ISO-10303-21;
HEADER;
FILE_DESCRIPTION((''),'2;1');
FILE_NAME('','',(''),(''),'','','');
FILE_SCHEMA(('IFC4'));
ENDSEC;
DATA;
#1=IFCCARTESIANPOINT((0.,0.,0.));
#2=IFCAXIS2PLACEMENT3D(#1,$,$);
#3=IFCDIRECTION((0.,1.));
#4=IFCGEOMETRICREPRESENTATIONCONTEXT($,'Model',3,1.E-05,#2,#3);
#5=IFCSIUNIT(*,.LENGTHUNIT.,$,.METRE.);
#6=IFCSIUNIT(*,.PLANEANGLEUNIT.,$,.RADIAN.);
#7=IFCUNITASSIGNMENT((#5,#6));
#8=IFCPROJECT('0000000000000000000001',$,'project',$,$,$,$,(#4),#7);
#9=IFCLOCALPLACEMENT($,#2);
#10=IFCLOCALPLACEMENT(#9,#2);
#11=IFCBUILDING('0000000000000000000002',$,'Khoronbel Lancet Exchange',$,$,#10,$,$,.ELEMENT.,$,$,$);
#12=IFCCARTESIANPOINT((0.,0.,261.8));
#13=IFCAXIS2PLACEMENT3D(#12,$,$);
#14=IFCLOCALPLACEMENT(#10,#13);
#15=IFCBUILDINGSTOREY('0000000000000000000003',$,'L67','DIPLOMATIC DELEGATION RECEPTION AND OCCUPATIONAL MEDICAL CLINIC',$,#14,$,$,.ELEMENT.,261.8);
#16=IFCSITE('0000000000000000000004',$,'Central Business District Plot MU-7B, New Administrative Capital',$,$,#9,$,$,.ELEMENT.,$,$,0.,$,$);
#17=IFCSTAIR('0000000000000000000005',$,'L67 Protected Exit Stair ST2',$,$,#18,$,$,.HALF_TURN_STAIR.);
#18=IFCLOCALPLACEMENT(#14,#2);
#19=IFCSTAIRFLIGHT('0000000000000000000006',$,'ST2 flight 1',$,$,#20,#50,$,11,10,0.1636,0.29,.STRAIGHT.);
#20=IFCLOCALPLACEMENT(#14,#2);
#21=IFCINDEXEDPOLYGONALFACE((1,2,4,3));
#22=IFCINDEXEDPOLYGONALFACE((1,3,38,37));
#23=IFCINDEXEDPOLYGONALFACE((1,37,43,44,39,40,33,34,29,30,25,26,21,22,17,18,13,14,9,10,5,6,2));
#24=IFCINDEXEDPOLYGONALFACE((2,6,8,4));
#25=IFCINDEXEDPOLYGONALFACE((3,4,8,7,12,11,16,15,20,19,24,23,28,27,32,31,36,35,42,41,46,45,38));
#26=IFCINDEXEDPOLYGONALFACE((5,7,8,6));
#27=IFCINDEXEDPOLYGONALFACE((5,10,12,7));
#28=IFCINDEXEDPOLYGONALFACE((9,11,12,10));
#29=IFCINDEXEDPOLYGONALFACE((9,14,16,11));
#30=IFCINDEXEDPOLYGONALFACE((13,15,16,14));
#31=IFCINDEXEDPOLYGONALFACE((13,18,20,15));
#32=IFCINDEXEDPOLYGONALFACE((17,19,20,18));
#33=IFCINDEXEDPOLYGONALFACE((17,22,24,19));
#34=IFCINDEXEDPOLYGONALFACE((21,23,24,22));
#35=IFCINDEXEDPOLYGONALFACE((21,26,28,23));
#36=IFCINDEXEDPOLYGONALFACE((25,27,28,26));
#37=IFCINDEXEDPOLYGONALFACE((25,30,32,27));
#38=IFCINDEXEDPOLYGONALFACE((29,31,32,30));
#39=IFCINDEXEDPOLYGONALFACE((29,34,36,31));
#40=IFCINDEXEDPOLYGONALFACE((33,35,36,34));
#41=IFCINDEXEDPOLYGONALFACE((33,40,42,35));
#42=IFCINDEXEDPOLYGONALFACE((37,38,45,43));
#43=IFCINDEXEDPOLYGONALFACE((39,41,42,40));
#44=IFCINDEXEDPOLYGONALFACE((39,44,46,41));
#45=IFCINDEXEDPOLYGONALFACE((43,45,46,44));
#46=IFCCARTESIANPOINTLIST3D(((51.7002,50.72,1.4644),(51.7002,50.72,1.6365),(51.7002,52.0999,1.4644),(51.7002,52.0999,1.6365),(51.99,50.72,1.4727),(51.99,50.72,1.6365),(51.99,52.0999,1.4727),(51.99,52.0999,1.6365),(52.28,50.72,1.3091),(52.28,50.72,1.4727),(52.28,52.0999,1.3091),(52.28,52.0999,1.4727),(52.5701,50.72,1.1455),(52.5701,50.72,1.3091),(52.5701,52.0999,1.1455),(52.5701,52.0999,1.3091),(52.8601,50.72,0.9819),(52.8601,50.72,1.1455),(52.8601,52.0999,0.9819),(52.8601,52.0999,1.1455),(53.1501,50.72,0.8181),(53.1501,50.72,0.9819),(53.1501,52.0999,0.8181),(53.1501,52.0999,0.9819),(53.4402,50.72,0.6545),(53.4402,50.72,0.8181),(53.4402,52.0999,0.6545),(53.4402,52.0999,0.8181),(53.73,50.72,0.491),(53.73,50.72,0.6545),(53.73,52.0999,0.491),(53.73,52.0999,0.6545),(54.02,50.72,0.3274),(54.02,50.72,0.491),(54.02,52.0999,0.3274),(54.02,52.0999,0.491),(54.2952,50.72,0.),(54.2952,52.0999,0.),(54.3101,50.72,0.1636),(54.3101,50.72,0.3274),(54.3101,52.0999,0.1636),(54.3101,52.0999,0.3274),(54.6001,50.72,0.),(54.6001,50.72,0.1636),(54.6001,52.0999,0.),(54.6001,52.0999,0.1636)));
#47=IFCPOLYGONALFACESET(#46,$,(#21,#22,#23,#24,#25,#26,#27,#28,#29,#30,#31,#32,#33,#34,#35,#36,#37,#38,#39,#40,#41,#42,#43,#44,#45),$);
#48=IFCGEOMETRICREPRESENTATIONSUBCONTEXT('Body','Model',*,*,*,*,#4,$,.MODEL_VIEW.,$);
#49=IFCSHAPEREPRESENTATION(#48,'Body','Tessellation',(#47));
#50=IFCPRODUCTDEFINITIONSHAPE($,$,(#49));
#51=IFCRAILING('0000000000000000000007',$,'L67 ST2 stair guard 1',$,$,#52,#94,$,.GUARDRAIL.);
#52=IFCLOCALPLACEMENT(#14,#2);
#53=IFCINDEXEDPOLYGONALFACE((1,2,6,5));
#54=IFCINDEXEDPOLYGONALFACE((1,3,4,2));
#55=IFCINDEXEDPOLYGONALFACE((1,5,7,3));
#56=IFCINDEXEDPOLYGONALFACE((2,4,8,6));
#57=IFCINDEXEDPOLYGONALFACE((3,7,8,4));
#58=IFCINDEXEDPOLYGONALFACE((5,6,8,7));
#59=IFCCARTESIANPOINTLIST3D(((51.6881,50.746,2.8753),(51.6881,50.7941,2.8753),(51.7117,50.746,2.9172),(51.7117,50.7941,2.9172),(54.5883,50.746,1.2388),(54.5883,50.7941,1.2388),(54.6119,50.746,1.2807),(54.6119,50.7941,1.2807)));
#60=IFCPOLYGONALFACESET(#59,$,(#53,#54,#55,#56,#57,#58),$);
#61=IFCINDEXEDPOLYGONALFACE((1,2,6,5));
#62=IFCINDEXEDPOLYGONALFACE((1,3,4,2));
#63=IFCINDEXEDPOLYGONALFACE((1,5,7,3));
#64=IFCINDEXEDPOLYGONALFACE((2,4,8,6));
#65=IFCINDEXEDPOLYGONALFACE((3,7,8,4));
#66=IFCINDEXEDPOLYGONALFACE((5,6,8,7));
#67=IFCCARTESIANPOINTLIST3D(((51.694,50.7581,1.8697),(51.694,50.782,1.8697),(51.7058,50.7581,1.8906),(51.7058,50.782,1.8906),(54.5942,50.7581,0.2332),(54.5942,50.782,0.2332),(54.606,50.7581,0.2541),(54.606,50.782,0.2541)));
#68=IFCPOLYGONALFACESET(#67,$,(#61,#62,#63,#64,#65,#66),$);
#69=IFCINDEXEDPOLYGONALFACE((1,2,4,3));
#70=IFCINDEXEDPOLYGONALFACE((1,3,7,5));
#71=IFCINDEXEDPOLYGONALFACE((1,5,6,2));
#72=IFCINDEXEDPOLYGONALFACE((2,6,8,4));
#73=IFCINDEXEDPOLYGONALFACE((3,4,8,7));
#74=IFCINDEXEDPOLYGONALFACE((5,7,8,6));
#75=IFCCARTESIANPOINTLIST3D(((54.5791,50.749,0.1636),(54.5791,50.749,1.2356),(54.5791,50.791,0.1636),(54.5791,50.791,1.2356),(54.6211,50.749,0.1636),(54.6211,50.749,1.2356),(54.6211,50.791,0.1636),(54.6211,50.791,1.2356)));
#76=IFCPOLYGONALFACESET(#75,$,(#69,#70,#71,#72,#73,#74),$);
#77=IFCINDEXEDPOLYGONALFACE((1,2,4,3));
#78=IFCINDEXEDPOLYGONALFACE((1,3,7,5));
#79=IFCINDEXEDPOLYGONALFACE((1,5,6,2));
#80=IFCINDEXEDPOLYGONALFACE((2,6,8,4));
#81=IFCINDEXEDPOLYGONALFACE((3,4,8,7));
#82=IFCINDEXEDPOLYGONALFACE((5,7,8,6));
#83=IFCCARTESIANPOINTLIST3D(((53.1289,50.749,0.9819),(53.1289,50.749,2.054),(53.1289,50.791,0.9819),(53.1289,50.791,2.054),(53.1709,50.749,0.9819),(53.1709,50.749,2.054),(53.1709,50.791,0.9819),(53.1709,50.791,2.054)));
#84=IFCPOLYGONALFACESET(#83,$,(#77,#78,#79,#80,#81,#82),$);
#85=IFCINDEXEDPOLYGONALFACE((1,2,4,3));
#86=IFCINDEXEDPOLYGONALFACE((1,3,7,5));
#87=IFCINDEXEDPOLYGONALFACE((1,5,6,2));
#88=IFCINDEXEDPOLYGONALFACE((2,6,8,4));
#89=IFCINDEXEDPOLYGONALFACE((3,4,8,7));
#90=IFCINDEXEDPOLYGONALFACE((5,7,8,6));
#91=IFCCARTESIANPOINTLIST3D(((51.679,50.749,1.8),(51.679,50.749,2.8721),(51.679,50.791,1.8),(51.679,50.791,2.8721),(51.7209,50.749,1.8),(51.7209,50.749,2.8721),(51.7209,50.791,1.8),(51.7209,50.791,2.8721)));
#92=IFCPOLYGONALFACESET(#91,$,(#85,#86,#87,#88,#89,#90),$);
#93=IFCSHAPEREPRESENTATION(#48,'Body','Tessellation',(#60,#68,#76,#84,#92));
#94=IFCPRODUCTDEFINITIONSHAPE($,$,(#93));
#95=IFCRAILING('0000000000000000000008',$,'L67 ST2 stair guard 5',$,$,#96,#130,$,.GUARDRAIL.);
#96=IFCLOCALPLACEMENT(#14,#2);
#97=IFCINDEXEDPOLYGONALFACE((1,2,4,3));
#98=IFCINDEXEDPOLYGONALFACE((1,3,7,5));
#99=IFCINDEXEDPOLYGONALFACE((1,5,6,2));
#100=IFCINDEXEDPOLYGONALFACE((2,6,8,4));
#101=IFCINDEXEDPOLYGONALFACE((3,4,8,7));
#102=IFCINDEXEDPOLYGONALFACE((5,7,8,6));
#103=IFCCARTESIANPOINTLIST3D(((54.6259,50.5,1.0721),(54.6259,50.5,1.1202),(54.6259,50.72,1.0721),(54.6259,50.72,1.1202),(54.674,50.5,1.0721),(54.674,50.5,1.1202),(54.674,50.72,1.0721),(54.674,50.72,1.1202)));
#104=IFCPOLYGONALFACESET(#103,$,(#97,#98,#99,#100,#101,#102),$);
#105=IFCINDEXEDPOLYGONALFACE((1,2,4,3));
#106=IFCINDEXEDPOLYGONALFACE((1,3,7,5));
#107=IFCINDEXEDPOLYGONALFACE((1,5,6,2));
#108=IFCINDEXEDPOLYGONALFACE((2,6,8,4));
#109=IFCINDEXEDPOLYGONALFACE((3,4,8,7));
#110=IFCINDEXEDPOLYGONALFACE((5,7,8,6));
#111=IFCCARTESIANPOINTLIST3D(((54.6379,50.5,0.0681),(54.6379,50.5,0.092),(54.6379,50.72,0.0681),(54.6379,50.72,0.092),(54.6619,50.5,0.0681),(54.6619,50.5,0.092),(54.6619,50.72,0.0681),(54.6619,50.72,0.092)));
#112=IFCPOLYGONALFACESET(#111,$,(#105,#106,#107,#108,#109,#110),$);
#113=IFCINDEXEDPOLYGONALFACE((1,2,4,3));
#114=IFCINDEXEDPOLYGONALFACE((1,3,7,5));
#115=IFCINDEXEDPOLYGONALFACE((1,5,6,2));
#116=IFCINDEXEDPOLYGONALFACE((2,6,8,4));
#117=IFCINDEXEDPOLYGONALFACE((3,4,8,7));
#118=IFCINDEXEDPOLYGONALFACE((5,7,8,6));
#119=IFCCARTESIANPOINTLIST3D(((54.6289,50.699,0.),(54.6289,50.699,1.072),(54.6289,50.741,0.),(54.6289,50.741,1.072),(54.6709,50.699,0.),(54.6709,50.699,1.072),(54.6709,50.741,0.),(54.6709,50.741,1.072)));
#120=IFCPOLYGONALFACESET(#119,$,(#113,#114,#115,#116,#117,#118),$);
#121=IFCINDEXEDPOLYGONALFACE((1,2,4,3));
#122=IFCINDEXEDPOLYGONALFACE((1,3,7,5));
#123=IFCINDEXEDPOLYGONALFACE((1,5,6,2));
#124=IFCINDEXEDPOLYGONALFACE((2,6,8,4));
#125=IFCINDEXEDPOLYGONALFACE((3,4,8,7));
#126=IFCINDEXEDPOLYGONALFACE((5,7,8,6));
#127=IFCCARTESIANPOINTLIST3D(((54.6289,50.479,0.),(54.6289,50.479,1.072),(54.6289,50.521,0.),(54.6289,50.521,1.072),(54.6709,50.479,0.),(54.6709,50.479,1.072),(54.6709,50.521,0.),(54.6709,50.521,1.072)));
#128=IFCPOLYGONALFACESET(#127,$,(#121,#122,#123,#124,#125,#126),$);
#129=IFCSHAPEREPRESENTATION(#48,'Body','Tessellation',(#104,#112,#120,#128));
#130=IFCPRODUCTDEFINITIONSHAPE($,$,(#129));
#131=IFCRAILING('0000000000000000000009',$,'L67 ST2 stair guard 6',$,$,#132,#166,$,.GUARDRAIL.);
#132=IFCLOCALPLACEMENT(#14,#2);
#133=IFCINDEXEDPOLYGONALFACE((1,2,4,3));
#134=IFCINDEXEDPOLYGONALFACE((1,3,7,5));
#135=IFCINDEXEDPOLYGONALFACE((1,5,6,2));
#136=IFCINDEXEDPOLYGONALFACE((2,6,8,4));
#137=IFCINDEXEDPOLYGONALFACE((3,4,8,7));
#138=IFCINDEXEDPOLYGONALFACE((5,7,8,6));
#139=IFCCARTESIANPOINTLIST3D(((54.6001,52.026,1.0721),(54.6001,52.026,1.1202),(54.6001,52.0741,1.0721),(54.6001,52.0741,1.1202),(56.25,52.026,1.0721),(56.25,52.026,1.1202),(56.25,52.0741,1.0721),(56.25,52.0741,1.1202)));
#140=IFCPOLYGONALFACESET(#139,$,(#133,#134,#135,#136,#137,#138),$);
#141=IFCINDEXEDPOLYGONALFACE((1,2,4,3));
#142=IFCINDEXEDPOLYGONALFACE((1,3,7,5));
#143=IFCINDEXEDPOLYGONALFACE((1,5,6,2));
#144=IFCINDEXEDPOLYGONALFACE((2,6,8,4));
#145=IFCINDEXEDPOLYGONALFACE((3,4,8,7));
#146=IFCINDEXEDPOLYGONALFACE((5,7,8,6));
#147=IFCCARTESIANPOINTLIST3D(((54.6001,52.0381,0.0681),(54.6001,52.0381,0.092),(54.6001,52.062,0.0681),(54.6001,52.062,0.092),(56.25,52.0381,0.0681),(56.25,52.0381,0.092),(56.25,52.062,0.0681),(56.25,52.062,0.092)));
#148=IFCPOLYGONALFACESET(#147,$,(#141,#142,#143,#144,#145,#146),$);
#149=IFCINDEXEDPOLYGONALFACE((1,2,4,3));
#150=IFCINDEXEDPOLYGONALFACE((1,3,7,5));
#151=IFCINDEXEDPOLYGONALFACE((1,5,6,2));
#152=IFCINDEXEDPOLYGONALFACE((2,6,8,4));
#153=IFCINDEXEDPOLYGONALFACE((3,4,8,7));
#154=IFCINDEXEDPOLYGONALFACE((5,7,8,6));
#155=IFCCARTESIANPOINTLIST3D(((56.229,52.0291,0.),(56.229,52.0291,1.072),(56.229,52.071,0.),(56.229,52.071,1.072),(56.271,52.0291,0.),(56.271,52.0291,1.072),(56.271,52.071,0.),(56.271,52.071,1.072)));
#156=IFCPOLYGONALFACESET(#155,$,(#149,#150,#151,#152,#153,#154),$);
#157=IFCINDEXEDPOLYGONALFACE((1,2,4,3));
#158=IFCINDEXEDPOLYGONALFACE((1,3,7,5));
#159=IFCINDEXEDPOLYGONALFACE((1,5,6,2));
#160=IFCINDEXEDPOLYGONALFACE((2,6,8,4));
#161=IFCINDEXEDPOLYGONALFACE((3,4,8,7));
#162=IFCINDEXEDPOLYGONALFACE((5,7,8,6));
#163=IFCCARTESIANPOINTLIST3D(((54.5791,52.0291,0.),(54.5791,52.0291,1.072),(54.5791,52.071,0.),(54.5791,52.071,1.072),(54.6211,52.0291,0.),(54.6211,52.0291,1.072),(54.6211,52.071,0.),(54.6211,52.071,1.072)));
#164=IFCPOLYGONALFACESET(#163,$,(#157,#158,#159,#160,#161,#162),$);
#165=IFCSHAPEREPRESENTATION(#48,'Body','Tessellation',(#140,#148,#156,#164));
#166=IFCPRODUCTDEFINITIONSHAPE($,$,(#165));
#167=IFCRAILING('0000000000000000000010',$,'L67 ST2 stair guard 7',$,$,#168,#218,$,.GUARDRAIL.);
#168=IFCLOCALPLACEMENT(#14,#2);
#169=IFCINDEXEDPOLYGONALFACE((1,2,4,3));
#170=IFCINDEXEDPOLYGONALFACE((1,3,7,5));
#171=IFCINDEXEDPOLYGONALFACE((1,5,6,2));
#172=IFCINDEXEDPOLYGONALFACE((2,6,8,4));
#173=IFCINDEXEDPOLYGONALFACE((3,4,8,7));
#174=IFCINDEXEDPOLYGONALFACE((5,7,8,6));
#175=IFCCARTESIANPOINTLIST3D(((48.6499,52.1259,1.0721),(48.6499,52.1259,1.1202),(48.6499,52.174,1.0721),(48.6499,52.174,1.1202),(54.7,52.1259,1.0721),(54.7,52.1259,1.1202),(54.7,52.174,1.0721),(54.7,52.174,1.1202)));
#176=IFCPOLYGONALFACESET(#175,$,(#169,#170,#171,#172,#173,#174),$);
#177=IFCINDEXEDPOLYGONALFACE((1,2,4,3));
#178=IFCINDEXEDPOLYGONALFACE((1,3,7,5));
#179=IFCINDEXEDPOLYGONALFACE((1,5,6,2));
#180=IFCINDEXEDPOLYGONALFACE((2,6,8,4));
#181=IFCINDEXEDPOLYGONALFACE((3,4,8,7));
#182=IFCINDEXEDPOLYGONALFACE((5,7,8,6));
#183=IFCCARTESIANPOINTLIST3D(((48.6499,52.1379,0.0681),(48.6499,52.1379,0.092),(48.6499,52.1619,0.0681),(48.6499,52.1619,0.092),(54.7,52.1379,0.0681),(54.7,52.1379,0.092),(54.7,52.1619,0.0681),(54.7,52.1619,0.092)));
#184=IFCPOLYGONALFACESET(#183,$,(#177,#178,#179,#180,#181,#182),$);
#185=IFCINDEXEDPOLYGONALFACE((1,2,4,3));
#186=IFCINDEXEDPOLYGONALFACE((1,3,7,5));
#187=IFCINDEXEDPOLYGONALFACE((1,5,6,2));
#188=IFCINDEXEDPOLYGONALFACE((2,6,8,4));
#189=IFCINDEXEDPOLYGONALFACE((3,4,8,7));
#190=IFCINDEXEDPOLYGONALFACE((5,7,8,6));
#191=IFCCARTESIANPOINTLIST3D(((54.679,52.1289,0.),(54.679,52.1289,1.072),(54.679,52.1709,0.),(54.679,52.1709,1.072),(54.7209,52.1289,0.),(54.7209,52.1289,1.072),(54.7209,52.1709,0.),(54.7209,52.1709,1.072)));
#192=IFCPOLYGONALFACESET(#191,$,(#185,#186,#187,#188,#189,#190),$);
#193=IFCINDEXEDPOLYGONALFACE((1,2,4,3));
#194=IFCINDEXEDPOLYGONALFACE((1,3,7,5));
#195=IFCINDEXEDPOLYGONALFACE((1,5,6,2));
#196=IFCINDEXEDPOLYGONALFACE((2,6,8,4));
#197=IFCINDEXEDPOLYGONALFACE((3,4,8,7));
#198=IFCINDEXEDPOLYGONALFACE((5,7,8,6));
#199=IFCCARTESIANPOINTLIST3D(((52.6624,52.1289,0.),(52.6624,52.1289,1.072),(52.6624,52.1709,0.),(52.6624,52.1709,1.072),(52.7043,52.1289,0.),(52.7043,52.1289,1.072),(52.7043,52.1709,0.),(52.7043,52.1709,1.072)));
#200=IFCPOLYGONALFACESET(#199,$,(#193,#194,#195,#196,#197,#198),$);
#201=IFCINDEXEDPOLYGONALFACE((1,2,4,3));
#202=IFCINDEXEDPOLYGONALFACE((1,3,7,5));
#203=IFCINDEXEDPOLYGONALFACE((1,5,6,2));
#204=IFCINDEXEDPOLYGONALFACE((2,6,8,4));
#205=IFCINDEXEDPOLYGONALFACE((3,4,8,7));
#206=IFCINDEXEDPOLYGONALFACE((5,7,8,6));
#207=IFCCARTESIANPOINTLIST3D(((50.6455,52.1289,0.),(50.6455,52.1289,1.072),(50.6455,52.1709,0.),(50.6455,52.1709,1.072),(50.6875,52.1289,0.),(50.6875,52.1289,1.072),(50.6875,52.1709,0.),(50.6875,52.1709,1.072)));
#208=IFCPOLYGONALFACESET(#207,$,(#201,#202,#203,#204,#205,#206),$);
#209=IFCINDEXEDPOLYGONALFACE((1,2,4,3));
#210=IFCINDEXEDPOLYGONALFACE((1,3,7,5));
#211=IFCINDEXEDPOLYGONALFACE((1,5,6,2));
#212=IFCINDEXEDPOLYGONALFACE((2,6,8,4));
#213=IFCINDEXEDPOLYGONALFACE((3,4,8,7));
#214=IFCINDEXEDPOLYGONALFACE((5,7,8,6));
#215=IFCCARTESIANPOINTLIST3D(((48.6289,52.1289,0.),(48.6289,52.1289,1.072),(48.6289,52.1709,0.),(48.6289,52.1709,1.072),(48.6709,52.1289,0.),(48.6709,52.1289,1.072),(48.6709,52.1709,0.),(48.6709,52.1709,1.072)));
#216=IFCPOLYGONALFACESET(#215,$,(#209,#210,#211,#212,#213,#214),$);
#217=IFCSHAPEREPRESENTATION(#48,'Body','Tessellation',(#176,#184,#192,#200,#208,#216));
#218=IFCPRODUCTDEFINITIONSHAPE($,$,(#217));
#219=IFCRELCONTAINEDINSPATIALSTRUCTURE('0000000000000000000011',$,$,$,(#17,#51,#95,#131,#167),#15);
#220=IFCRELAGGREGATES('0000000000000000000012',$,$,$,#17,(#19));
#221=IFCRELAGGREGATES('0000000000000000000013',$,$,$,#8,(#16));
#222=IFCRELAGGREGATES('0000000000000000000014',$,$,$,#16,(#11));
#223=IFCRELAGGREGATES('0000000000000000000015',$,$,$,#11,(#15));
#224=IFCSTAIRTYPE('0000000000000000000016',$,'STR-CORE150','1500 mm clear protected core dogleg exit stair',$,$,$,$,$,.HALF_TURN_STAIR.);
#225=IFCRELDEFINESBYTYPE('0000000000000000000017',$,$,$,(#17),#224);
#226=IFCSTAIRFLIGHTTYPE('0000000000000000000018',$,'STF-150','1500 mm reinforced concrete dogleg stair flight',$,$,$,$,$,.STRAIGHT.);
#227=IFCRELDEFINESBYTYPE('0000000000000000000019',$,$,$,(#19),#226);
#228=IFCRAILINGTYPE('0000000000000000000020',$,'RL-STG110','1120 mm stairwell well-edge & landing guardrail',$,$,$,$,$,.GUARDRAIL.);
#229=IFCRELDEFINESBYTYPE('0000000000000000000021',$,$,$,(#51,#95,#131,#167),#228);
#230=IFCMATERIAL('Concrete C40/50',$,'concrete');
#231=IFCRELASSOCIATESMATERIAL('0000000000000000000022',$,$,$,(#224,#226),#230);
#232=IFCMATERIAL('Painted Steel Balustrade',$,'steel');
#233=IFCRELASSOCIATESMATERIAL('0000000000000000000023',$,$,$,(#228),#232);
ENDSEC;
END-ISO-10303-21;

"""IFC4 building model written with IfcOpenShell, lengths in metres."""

from ifc_helpers import new_model, si_unit, direction, frame, origin, origin_2d, place, context, subcontext, project, spatial, polyline, rectangle, outline, extrude, material, type_object, element, aggregate, save


model = new_model("IFC4")

# Units and contexts
model_context = context("Model", 3, precision=1e-05, world=origin(), true_north=direction((0.0, 1.0)))
body_context = subcontext(model_context, "Body", "Model", "MODEL_VIEW")
ifc_project = project(units=[si_unit("LENGTHUNIT", "METRE"), si_unit("PLANEANGLEUNIT", "RADIAN")], contexts=[model_context])

# Site, building, storey
site_placement = place(None, origin())
site = spatial("IfcSite", under=ifc_project, at=site_placement, Name="Central Business District Plot MU-7B, New Administrative Capital", CompositionType="ELEMENT", RefElevation=0.0)
building_placement = place(site_placement, origin())
building = spatial("IfcBuilding", under=site, at=building_placement, Name="Khoronbel Lancet Exchange", CompositionType="ELEMENT")
storey_placement = place(building_placement, frame((0.0, 0.0, 261.8)))
storey = spatial("IfcBuildingStorey", under=building, at=storey_placement, Name="L67", Description="DIPLOMATIC DELEGATION RECEPTION AND OCCUPATIONAL MEDICAL CLINIC", CompositionType="ELEMENT", Elevation=261.8)

# Stair, stair flight
ifc_material_1 = material(Name="Concrete C40/50", Category="concrete")
stair_type = type_object("IfcStairType", Name="STR-CORE150", Description="1500 mm clear protected core dogleg exit stair", PredefinedType="HALF_TURN_STAIR", material=ifc_material_1)
stair_placement = place(storey_placement, origin())
stair = element("IfcStair", 1, at=stair_placement, inside=storey, type_object=stair_type, Name="L67 Protected Exit Stair ST2", PredefinedType="HALF_TURN_STAIR")
stair_flight_type = type_object("IfcStairFlightType", Name="STF-150", Description="1500 mm reinforced concrete dogleg stair flight", PredefinedType="STRAIGHT", material=ifc_material_1)
stair_flight_placement = place(storey_placement, frame((54.6001, 51.4099, 0.0), z_axis=(0.0, 0.0, 1.0), x_axis=(-1.0, 0.0, 0.0)))
stair_flight = element("IfcStairFlight", 2, at=stair_flight_placement, type_object=stair_flight_type, Name="ST2 flight 1", NumberOfRisers=11, NumberOfTreads=10, PredefinedType="STRAIGHT", RiserHeight=0.1636, TreadLength=0.29, context=body_context, shape_type="SweptSolid", body=[
    extrude(outline(polyline([(0.0, 0.0), (0.0, 0.1636), (0.29, 0.1636), (0.29, 0.3274), (0.5801, 0.3274), (0.5801, 0.491), (0.8701, 0.491), (0.8701, 0.6545), (1.1599, 0.6545), (1.1599, 0.8181), (1.45, 0.8181), (1.45, 0.9819), (1.74, 0.9819), (1.74, 1.1455), (2.03, 1.1455), (2.03, 1.3091), (2.3201, 1.3091), (2.3201, 1.4727), (2.6101, 1.4727), (2.6101, 1.6365), (2.8999, 1.6365), (2.8999, 1.8), (2.8999, 1.4644), (0.3049, 0.0), (0.0, 0.0)])), frame((0.0, 0.6899, 0.0), z_axis=(0.0, -1.0, 0.0), x_axis=(1.0, 0.0, 0.0)), (0.0, 0.0, 1.0), 1.3799),
])
aggregate(stair, [stair_flight])

# Railings
ifc_material_2 = material(Name="Painted Steel Balustrade", Category="steel")
railing_type_1 = type_object("IfcRailingType", Name="RL-STG110", Description="1120 mm stairwell well-edge & landing guardrail", PredefinedType="GUARDRAIL", material=ifc_material_2)
railing_1_placement = place(storey_placement, frame((54.6001, 50.77, 0.1636)))
element("IfcRailing", 3, at=railing_1_placement, inside=storey, type_object=railing_type_1, Name="L67 ST2 stair guard 1", PredefinedType="GUARDRAIL", context=body_context, shape_type="SweptSolid", body=[
    extrude(rectangle(XDim=0.0481, YDim=0.0481, at=origin_2d()), frame((0.0, 0.0, 1.0962), z_axis=(-0.870915, 0.0, 0.491434), x_axis=(0.0, -1.0, 0.0)), (0.0, 0.0, 1.0), 3.3301),
    extrude(rectangle(XDim=0.0239, YDim=0.0239, at=origin_2d()), frame((0.0, 0.0, 0.0801), z_axis=(-0.870915, 0.0, 0.491434), x_axis=(0.0, -1.0, 0.0)), (0.0, 0.0, 1.0), 3.3301),
    extrude(rectangle(XDim=0.042, YDim=0.042, at=origin_2d()), origin(), (0.0, 0.0, 1.0), 1.072),
    extrude(rectangle(XDim=0.042, YDim=0.042, at=origin_2d()), frame((-1.4502, 0.0, 0.8184)), (0.0, 0.0, 1.0), 1.072),
    extrude(rectangle(XDim=0.042, YDim=0.042, at=origin_2d()), frame((-2.9001, 0.0, 1.6365)), (0.0, 0.0, 1.0), 1.072),
])
railing_2_placement = place(storey_placement, frame((54.6499, 50.72, 0.0)))
element("IfcRailing", 4, at=railing_2_placement, inside=storey, type_object=railing_type_1, Name="L67 ST2 stair guard 5", PredefinedType="GUARDRAIL", context=body_context, shape_type="SweptSolid", body=[
    extrude(rectangle(XDim=0.0481, YDim=0.0481, at=origin_2d()), frame((0.0, 0.0, 1.0962), z_axis=(0.0, -1.0, 0.0), x_axis=(1.0, 0.0, 0.0)), (0.0, 0.0, 1.0), 0.22),
    extrude(rectangle(XDim=0.0239, YDim=0.0239, at=origin_2d()), frame((0.0, 0.0, 0.0801), z_axis=(0.0, -1.0, 0.0), x_axis=(1.0, 0.0, 0.0)), (0.0, 0.0, 1.0), 0.22),
    extrude(rectangle(XDim=0.042, YDim=0.042, at=origin_2d()), origin(), (0.0, 0.0, 1.0), 1.072),
    extrude(rectangle(XDim=0.042, YDim=0.042, at=origin_2d()), frame((0.0, -0.22, 0.0)), (0.0, 0.0, 1.0), 1.072),
])
railing_3_placement = place(storey_placement, frame((56.25, 52.05, 0.0)))
element("IfcRailing", 5, at=railing_3_placement, inside=storey, type_object=railing_type_1, Name="L67 ST2 stair guard 6", PredefinedType="GUARDRAIL", context=body_context, shape_type="SweptSolid", body=[
    extrude(rectangle(XDim=0.0481, YDim=0.0481, at=origin_2d()), frame((0.0, 0.0, 1.0962), z_axis=(-1.0, 0.0, 0.0), x_axis=(0.0, -1.0, 0.0)), (0.0, 0.0, 1.0), 1.6499),
    extrude(rectangle(XDim=0.0239, YDim=0.0239, at=origin_2d()), frame((0.0, 0.0, 0.0801), z_axis=(-1.0, 0.0, 0.0), x_axis=(0.0, -1.0, 0.0)), (0.0, 0.0, 1.0), 1.6499),
    extrude(rectangle(XDim=0.042, YDim=0.042, at=origin_2d()), origin(), (0.0, 0.0, 1.0), 1.072),
    extrude(rectangle(XDim=0.042, YDim=0.042, at=origin_2d()), frame((-1.6499, 0.0, 0.0)), (0.0, 0.0, 1.0), 1.072),
])
railing_4_placement = place(storey_placement, frame((54.7, 52.1499, 0.0)))
element("IfcRailing", 6, at=railing_4_placement, inside=storey, type_object=railing_type_1, Name="L67 ST2 stair guard 7", PredefinedType="GUARDRAIL", context=body_context, shape_type="SweptSolid", body=[
    extrude(rectangle(XDim=0.0481, YDim=0.0481, at=origin_2d()), frame((0.0, 0.0, 1.0962), z_axis=(-1.0, 0.0, 0.0), x_axis=(0.0, -1.0, 0.0)), (0.0, 0.0, 1.0), 6.05),
    extrude(rectangle(XDim=0.0239, YDim=0.0239, at=origin_2d()), frame((0.0, 0.0, 0.0801), z_axis=(-1.0, 0.0, 0.0), x_axis=(0.0, -1.0, 0.0)), (0.0, 0.0, 1.0), 6.05),
    extrude(rectangle(XDim=0.042, YDim=0.042, at=origin_2d()), origin(), (0.0, 0.0, 1.0), 1.072),
    extrude(rectangle(XDim=0.042, YDim=0.042, at=origin_2d()), frame((-2.0166, 0.0, 0.0)), (0.0, 0.0, 1.0), 1.072),
    extrude(rectangle(XDim=0.042, YDim=0.042, at=origin_2d()), frame((-4.0334, 0.0, 0.0)), (0.0, 0.0, 1.0), 1.072),
    extrude(rectangle(XDim=0.042, YDim=0.042, at=origin_2d()), frame((-6.05, 0.0, 0.0)), (0.0, 0.0, 1.0), 1.072),
])

save(model, "model.ifc")
